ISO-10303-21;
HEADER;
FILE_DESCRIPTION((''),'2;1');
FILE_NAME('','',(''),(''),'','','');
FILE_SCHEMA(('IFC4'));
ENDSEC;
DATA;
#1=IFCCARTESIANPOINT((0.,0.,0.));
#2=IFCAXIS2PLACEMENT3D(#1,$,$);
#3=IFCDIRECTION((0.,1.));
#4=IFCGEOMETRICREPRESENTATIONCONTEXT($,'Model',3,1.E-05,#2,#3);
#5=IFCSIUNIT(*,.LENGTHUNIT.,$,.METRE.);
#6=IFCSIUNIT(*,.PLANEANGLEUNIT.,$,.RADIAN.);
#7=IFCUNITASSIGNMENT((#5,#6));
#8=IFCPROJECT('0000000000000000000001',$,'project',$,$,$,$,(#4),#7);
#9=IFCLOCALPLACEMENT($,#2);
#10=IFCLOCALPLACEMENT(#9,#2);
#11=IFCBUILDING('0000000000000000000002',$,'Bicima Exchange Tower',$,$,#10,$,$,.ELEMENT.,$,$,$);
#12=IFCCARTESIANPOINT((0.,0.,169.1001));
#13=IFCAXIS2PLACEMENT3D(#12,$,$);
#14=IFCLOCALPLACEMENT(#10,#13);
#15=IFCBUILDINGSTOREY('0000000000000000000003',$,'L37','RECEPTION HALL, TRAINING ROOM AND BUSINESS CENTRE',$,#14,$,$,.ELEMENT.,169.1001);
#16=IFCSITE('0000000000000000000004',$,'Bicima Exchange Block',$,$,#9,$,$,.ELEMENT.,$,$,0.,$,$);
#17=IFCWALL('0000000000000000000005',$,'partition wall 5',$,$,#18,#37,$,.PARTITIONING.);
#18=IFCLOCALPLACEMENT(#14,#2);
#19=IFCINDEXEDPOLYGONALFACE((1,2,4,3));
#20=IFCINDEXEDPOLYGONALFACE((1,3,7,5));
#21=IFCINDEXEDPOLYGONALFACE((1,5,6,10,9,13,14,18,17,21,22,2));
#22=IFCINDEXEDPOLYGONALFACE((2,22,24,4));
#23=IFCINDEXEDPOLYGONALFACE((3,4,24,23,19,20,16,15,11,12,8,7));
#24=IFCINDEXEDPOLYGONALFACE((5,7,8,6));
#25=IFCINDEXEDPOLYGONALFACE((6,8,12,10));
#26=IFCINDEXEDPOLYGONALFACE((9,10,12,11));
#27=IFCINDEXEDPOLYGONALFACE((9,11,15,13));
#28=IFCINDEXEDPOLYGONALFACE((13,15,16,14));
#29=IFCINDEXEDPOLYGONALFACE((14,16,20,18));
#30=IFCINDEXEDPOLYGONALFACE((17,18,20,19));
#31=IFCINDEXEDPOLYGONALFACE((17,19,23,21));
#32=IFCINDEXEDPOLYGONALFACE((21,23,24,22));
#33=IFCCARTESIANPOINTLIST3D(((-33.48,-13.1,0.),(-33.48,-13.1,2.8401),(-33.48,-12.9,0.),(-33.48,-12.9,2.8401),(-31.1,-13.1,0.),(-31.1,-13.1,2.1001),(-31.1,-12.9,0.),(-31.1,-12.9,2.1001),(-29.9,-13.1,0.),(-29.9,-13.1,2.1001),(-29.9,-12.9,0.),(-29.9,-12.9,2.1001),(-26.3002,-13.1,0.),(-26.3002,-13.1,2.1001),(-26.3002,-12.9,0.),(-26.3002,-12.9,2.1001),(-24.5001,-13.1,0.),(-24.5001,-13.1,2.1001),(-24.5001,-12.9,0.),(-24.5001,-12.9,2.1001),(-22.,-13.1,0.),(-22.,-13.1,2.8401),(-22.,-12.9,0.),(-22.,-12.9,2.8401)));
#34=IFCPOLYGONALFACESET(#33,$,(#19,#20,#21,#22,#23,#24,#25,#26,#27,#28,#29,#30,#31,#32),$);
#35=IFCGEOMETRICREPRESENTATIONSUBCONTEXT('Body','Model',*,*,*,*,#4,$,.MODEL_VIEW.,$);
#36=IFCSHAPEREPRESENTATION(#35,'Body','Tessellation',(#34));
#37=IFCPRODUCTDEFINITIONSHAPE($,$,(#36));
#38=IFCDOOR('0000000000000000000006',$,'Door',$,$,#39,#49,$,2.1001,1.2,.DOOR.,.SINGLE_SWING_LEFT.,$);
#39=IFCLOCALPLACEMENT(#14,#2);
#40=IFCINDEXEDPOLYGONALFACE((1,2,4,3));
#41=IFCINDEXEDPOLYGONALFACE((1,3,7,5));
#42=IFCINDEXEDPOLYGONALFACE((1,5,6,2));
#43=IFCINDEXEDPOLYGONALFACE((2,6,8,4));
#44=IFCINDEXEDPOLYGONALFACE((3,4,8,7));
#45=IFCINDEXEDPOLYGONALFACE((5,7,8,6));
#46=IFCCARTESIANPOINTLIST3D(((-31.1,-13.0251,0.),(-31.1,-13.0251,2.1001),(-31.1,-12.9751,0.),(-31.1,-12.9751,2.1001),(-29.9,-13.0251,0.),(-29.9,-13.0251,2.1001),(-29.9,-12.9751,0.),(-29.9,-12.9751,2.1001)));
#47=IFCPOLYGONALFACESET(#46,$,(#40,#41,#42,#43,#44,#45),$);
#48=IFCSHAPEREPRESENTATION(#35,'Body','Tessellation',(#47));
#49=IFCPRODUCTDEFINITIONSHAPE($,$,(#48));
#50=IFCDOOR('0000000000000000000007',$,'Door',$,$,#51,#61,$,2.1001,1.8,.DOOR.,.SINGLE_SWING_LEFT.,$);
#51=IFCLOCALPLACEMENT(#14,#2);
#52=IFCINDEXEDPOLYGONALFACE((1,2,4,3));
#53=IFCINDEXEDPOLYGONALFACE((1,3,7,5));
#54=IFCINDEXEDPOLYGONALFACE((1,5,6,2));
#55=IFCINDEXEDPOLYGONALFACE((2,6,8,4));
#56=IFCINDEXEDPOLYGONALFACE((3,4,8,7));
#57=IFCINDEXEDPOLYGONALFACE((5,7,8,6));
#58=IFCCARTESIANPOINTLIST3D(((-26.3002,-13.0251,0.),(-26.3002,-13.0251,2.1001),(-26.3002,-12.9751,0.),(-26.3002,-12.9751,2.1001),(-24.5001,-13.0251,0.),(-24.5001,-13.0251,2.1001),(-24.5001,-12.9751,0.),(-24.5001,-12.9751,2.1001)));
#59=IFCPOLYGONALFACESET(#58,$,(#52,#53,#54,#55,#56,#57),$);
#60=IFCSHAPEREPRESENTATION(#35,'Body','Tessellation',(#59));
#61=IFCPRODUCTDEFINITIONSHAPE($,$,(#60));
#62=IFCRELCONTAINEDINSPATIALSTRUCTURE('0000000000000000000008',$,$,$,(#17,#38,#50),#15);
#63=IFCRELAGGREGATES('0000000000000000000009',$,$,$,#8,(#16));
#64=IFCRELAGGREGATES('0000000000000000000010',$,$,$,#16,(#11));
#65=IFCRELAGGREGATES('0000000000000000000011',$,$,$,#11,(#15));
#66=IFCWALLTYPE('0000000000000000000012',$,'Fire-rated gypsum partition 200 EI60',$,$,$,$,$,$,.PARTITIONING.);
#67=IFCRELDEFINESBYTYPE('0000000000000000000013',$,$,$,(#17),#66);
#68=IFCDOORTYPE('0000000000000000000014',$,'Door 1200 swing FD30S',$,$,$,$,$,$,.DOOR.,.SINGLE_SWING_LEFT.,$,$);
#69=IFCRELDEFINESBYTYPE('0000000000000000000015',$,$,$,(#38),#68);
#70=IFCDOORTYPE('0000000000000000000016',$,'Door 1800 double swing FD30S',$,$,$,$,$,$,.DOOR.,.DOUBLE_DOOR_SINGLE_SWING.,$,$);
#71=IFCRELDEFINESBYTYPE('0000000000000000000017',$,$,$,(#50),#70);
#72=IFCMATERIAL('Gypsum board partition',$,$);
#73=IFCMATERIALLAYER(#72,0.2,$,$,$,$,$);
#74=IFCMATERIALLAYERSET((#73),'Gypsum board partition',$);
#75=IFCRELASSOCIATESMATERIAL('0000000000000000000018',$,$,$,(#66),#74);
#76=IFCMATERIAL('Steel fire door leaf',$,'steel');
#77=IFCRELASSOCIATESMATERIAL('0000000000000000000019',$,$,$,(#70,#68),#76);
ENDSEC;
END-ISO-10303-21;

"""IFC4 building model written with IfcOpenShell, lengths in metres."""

from ifc_helpers import new_model, si_unit, direction, frame, frame_2d, origin, place, context, subcontext, project, spatial, rectangle, extrude, material, layer, layer_set, type_object, element, fill, save


model = new_model("IFC4")

# Units and contexts
model_context = context("Model", 3, precision=1e-05, world=origin(), true_north=direction((0.0, 1.0)))
body_context = subcontext(model_context, "Body", "Model", "MODEL_VIEW")
ifc_project = project(units=[si_unit("LENGTHUNIT", "METRE"), si_unit("PLANEANGLEUNIT", "RADIAN")], contexts=[model_context])

# Site, building, storey
site_placement = place(None, origin())
site = spatial("IfcSite", under=ifc_project, at=site_placement, Name="Bicima Exchange Block", CompositionType="ELEMENT", RefElevation=0.0)
building_placement = place(site_placement, origin())
building = spatial("IfcBuilding", under=site, at=building_placement, Name="Bicima Exchange Tower", CompositionType="ELEMENT")
storey_placement = place(building_placement, frame((0.0, 0.0, 169.1001)))
storey = spatial("IfcBuildingStorey", under=building, at=storey_placement, Name="L37", Description="RECEPTION HALL, TRAINING ROOM AND BUSINESS CENTRE", CompositionType="ELEMENT", Elevation=169.1001)

# Shared definitions
ifc_material_1 = material(Name="Gypsum board partition")
ifc_layer_1 = layer(ifc_material_1, 0.2)
ifc_layer_set_1 = layer_set([ifc_layer_1], Name="Gypsum board partition")
wall_type = type_object("IfcWallType", Name="Fire-rated gypsum partition 200 EI60", PredefinedType="PARTITIONING", material=ifc_layer_set_1)
ifc_material_2 = material(Name="Steel fire door leaf", Category="steel")
door_type_1 = type_object("IfcDoorType", Name="Door 1800 double swing FD30S", OperationType="DOUBLE_DOOR_SINGLE_SWING", PredefinedType="DOOR", material=ifc_material_2)

# Wall, openings, doors
wall_1_placement = place(storey_placement, frame((-33.48, -13.0, 0.0), z_axis=(0.0, 0.0, 1.0), x_axis=(1.0, 0.0, 0.0)))
wall_1 = element("IfcWall", 1, at=wall_1_placement, inside=storey, type_object=wall_type, Name="partition wall 5", PredefinedType="PARTITIONING", context=body_context, shape_type="SweptSolid", body=[
    extrude(rectangle(XDim=11.48, YDim=0.2, at=frame_2d((5.74, 0.0))), origin(), (0.0, 0.0, 1.0), 2.8401),
])
opening_1_placement = place(wall_1_placement, frame((2.3799, 0.0, 0.0)))
opening_1 = element("IfcOpeningElement", 2, at=opening_1_placement, cuts=wall_1, PredefinedType="OPENING", context=body_context, shape_type="SweptSolid", body=[
    extrude(rectangle(XDim=1.2, YDim=2.1001, at=frame_2d((0.6001, 1.05))), frame((0.0, 0.1118, 0.0), z_axis=(0.0, -1.0, 0.0), x_axis=(1.0, 0.0, 0.0)), (0.0, 0.0, 1.0), 0.2239),
])
opening_2_placement = place(wall_1_placement, frame((7.1799, 0.0, 0.0)))
opening_2 = element("IfcOpeningElement", 3, at=opening_2_placement, cuts=wall_1, PredefinedType="OPENING", context=body_context, shape_type="SweptSolid", body=[
    extrude(rectangle(XDim=1.8, YDim=2.1001, at=frame_2d((0.8999, 1.05))), frame((0.0, 0.1118, 0.0), z_axis=(0.0, -1.0, 0.0), x_axis=(1.0, 0.0, 0.0)), (0.0, 0.0, 1.0), 0.2239),
])
door_type_2 = type_object("IfcDoorType", Name="Door 1200 swing FD30S", OperationType="SINGLE_SWING_LEFT", PredefinedType="DOOR", material=ifc_material_2)
door_1_placement = place(opening_1_placement, origin())
door_1 = element("IfcDoor", 4, at=door_1_placement, inside=storey, type_object=door_type_2, Name="Door", OperationType="SINGLE_SWING_LEFT", OverallHeight=2.1001, OverallWidth=1.2, PredefinedType="DOOR", context=body_context, shape_type="SweptSolid", body=[
    extrude(rectangle(XDim=1.2, YDim=2.1001, at=frame_2d((0.6001, 1.05))), frame((0.0, 0.0249, 0.0), z_axis=(0.0, -1.0, 0.0), x_axis=(1.0, 0.0, 0.0)), (0.0, 0.0, 1.0), 0.05),
])
fill(opening_1, door_1)
door_2_placement = place(opening_2_placement, origin())
door_2 = element("IfcDoor", 5, at=door_2_placement, inside=storey, type_object=door_type_1, Name="Door", OperationType="SINGLE_SWING_LEFT", OverallHeight=2.1001, OverallWidth=1.8, PredefinedType="DOOR", context=body_context, shape_type="SweptSolid", body=[
    extrude(rectangle(XDim=1.8, YDim=2.1001, at=frame_2d((0.8999, 1.05))), frame((0.0, 0.0249, 0.0), z_axis=(0.0, -1.0, 0.0), x_axis=(1.0, 0.0, 0.0)), (0.0, 0.0, 1.0), 0.05),
])
fill(opening_2, door_2)

save(model, "model.ifc")
